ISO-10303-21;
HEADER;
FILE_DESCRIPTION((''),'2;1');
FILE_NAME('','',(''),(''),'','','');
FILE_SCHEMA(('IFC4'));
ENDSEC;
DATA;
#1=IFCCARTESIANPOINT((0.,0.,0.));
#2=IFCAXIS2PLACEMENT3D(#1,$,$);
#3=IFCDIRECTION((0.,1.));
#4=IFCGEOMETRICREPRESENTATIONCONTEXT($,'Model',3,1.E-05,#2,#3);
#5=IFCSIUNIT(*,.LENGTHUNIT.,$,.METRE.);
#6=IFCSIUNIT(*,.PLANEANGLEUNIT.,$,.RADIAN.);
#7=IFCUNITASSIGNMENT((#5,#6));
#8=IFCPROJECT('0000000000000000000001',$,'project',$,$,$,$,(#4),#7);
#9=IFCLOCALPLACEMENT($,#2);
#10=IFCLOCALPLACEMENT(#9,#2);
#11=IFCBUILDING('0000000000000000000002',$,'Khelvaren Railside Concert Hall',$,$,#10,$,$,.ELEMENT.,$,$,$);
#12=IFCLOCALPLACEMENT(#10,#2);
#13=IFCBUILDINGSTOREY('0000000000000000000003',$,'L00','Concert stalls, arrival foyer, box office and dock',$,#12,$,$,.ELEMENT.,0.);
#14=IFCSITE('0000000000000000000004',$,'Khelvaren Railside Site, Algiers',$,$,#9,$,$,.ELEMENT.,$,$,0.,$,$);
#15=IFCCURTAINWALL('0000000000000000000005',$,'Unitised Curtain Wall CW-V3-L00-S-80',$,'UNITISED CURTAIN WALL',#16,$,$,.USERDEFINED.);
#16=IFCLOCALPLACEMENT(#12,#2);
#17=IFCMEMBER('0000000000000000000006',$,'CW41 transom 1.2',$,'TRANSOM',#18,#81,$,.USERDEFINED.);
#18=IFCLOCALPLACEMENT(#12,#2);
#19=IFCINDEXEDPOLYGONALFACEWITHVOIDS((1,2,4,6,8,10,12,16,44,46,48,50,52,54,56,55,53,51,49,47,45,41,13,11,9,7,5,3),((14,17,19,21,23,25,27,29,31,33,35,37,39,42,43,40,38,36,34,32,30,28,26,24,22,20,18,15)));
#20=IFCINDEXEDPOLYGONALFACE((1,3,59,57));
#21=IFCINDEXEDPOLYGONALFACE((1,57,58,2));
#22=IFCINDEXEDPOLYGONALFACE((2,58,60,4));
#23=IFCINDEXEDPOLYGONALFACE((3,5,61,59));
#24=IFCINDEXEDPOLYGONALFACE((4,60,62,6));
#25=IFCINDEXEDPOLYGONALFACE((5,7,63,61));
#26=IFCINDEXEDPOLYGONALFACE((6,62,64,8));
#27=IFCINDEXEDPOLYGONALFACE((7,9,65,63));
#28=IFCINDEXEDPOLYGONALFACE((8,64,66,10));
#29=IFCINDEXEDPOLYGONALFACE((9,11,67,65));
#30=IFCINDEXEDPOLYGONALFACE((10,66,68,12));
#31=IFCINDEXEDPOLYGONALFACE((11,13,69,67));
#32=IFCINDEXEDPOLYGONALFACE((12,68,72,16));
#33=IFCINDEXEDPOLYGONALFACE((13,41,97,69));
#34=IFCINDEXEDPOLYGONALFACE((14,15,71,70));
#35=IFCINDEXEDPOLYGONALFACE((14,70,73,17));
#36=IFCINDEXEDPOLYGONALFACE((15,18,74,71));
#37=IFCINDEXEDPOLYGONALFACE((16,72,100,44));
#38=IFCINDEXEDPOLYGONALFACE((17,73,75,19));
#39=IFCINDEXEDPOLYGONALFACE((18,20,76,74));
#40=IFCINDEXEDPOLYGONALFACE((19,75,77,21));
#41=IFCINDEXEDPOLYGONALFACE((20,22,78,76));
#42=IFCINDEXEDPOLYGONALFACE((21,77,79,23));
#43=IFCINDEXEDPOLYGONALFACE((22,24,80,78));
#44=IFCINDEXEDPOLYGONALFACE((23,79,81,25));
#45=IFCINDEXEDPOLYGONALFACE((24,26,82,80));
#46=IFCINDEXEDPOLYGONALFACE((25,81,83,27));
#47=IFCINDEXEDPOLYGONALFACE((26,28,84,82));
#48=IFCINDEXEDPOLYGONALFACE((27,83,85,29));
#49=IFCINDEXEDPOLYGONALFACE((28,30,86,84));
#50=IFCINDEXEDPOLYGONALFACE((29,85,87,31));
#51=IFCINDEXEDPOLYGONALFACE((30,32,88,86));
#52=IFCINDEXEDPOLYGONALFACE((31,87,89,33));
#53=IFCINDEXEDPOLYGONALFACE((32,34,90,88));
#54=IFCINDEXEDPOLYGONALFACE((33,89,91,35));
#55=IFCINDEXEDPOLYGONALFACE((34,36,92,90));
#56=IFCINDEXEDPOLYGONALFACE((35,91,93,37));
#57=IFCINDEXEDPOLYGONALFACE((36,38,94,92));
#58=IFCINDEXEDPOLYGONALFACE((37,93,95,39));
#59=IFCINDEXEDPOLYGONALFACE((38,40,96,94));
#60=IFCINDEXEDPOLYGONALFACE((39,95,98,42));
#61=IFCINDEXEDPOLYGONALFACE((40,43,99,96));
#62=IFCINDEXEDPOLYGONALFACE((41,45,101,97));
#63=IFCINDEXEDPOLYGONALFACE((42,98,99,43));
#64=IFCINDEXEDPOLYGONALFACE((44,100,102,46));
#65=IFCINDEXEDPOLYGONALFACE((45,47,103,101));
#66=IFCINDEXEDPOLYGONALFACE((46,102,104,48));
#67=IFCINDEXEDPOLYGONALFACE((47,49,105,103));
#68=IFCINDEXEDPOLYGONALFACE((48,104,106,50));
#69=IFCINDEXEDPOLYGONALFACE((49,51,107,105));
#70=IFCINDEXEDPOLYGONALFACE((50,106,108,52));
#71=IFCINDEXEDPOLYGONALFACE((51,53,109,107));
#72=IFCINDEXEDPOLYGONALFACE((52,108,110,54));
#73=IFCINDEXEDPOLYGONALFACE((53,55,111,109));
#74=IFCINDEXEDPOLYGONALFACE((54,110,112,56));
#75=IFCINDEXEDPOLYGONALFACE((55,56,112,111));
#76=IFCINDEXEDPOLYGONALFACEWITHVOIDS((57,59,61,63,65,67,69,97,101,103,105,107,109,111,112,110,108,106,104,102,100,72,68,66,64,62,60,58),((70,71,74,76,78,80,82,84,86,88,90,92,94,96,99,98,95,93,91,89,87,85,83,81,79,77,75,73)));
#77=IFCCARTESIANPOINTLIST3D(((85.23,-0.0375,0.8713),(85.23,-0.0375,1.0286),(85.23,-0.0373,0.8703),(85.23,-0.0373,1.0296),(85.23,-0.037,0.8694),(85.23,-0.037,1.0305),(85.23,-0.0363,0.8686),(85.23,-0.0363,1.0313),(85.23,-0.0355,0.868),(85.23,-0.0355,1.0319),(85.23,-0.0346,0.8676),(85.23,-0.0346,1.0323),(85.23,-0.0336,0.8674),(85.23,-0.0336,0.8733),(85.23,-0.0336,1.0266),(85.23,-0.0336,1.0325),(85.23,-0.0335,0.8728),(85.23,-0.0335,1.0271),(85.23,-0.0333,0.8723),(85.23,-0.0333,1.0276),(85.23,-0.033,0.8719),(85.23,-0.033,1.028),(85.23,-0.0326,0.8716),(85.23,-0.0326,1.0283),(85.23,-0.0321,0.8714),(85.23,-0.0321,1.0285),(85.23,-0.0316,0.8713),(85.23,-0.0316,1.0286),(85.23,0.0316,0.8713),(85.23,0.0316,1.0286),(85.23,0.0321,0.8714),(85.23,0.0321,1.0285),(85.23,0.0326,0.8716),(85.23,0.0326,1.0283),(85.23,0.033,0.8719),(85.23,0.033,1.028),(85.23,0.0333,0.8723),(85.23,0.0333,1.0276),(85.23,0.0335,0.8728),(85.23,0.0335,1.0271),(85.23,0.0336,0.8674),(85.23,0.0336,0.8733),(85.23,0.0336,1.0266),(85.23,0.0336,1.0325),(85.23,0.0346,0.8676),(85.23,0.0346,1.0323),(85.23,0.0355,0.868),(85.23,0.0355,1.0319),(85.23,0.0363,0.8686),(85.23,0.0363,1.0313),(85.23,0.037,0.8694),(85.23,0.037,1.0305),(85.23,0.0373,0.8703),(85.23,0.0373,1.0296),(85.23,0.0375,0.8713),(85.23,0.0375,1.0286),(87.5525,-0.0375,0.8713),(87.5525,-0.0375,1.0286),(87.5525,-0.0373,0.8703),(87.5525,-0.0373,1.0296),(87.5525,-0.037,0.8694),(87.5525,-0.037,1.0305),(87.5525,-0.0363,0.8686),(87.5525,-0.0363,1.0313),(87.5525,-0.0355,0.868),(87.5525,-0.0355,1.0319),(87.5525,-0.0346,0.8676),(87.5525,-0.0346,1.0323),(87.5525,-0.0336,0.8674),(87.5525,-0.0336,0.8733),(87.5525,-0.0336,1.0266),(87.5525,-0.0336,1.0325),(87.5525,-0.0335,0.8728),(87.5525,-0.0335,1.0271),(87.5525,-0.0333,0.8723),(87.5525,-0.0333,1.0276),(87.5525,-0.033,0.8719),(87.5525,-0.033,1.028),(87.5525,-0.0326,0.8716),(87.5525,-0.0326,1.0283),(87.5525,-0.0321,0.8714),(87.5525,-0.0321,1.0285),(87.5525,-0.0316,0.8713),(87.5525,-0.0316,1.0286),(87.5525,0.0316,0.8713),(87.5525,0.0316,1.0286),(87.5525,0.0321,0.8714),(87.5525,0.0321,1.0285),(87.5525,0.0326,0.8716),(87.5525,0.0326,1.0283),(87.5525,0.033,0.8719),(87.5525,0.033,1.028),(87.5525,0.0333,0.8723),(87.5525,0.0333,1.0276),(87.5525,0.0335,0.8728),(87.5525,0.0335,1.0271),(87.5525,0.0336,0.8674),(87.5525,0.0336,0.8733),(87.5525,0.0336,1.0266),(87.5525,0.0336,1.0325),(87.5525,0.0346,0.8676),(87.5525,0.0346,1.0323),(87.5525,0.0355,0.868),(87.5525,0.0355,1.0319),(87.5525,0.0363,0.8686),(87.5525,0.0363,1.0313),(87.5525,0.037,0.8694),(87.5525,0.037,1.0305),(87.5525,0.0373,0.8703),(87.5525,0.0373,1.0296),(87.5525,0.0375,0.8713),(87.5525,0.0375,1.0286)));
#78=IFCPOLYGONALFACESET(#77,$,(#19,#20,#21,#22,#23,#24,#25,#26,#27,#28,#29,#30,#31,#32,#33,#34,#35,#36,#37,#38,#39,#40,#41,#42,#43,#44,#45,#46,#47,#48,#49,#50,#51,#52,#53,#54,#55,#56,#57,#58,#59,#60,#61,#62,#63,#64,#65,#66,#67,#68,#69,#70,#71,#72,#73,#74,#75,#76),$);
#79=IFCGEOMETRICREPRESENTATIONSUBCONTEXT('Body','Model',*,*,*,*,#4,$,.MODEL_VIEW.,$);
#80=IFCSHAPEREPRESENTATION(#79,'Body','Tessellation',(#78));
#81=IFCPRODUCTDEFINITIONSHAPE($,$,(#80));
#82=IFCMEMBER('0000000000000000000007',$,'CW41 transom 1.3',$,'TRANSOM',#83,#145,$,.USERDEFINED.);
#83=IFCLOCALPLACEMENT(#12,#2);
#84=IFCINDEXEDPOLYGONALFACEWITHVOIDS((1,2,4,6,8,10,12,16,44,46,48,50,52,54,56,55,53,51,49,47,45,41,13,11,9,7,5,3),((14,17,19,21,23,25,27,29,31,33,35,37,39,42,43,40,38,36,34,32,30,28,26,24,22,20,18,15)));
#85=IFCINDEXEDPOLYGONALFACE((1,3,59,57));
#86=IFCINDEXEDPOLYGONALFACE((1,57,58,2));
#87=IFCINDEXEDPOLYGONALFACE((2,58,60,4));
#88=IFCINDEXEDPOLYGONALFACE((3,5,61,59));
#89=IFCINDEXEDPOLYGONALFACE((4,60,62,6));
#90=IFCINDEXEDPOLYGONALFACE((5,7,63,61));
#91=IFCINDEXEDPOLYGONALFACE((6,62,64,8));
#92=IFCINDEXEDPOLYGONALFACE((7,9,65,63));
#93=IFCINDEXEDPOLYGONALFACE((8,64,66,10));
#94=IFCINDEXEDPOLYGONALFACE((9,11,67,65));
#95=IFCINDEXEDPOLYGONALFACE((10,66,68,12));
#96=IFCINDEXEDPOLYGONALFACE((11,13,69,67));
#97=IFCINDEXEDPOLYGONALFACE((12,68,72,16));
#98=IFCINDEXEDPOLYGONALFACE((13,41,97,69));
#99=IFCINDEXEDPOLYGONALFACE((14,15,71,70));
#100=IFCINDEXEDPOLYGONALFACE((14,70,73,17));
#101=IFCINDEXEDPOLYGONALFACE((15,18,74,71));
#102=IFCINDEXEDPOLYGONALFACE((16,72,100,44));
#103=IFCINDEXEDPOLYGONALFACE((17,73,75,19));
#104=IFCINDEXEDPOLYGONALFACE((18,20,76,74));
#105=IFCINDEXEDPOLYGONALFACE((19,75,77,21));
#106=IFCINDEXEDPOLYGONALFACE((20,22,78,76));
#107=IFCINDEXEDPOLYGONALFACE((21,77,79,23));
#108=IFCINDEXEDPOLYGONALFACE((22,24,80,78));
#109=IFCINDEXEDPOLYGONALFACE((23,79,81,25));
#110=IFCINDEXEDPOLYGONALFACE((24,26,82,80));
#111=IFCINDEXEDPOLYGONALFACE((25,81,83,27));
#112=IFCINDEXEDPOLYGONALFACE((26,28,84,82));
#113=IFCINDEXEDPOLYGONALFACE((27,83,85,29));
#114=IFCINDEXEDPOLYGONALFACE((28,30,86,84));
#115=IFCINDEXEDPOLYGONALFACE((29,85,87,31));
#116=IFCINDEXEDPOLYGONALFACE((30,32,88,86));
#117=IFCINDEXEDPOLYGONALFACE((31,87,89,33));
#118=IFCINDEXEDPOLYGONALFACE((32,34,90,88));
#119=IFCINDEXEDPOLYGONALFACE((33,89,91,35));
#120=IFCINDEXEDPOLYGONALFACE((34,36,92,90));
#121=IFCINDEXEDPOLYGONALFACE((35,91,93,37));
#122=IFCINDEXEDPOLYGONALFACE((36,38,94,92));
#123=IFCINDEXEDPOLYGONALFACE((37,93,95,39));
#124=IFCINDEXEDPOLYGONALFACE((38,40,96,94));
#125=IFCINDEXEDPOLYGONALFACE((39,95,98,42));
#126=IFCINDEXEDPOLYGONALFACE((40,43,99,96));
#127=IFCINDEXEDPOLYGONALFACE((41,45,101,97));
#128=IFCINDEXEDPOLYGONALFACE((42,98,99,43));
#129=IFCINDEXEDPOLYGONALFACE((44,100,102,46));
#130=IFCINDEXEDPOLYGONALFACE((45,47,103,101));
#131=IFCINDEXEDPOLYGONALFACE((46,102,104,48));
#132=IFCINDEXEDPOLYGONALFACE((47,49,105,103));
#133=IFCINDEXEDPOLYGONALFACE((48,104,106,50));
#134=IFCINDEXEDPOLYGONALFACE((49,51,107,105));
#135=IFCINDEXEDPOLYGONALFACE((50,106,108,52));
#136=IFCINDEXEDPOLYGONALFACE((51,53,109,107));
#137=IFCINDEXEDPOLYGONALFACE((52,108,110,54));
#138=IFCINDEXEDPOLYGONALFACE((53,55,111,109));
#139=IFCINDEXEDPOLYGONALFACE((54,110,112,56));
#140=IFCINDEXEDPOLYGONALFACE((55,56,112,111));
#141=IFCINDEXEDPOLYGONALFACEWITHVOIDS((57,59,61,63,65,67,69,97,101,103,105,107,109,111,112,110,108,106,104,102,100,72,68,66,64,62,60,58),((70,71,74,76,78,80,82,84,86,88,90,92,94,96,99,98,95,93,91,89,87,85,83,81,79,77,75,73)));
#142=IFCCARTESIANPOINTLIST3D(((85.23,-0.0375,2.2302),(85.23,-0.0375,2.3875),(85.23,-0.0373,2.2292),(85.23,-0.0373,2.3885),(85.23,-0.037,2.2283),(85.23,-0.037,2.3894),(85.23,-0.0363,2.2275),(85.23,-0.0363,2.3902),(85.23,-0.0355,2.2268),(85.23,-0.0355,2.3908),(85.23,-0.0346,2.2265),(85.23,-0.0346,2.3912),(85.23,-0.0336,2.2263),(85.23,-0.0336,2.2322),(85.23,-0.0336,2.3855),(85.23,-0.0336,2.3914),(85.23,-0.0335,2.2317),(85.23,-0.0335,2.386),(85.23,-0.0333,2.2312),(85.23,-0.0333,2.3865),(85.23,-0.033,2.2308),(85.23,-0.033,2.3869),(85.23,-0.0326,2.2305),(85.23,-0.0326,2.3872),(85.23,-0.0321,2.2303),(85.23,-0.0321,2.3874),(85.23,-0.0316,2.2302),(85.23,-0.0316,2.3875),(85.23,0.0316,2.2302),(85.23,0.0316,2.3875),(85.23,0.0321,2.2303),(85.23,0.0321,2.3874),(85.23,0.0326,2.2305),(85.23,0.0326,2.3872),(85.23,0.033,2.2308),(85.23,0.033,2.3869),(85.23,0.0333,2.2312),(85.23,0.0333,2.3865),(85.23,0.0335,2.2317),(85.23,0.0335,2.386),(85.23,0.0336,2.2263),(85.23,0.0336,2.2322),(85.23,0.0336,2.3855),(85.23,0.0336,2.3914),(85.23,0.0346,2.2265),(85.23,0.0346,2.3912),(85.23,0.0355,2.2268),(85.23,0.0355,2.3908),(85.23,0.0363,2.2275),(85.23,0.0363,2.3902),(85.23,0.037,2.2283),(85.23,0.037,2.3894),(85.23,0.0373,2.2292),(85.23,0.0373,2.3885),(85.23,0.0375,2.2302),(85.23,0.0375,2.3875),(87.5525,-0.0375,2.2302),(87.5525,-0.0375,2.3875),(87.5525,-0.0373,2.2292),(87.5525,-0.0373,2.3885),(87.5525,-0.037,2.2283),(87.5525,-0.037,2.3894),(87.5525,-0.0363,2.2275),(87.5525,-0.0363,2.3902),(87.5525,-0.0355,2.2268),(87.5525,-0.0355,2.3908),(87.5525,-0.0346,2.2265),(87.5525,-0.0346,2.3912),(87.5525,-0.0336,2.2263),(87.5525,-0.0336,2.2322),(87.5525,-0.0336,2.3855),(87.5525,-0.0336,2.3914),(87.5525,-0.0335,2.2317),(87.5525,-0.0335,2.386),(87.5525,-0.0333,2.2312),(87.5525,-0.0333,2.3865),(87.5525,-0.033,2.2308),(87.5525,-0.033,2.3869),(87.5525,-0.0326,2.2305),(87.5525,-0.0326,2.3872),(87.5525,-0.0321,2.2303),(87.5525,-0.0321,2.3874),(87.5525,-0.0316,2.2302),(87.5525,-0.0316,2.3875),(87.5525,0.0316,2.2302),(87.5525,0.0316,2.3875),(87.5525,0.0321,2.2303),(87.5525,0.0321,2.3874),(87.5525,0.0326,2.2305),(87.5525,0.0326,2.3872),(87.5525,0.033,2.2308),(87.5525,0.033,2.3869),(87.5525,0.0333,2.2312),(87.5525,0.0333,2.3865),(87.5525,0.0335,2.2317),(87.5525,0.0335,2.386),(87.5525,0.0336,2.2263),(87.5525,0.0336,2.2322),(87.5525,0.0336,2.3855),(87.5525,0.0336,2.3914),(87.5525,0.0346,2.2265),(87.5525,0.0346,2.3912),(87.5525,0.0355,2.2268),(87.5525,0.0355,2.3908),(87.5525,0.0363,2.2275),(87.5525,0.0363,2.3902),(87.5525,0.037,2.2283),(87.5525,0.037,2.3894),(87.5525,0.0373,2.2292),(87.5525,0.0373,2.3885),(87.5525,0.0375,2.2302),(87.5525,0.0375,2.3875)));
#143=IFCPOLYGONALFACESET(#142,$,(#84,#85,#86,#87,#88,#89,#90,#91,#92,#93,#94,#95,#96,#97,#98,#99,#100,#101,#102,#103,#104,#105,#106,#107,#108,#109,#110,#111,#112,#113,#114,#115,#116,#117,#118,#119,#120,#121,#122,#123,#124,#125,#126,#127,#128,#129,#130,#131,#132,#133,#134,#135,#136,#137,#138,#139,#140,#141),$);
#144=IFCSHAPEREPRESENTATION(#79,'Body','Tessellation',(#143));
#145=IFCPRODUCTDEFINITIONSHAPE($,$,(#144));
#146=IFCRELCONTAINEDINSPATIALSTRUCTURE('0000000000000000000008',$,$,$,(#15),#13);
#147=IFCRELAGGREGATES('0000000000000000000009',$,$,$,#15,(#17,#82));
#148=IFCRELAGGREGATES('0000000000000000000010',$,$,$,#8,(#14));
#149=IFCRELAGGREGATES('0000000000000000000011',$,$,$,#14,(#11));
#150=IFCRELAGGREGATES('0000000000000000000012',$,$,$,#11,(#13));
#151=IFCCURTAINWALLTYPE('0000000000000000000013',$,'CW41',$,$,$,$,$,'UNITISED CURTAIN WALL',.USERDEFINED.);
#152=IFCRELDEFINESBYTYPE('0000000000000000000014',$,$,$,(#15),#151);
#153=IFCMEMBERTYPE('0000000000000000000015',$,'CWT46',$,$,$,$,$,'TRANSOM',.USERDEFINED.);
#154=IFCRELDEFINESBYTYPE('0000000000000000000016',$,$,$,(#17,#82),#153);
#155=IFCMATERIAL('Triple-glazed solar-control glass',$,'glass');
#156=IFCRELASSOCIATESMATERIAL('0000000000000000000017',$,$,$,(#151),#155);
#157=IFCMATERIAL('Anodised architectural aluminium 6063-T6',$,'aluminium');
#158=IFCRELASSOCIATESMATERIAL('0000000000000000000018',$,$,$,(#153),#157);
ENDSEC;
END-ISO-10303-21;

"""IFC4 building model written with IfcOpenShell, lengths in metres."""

from ifc_helpers import new_model, si_unit, direction, frame, origin, origin_2d, place, context, subcontext, project, spatial, hollow_rectangle, extrude, material, material_profile, profile_set, type_object, element, aggregate, save


model = new_model("IFC4")

# Units and contexts
model_context = context("Model", 3, precision=1e-05, world=origin(), true_north=direction((0.0, 1.0)))
body_context = subcontext(model_context, "Body", "Model", "MODEL_VIEW")
ifc_project = project(units=[si_unit("LENGTHUNIT", "METRE"), si_unit("PLANEANGLEUNIT", "RADIAN")], contexts=[model_context])

# Site, building, storey
site_placement = place(None, origin())
site = spatial("IfcSite", under=ifc_project, at=site_placement, Name="Khelvaren Railside Site, Algiers", CompositionType="ELEMENT", RefElevation=0.0)
building_placement = place(site_placement, origin())
building = spatial("IfcBuilding", under=site, at=building_placement, Name="Khelvaren Railside Concert Hall", CompositionType="ELEMENT")
storey_placement = place(building_placement, origin())
storey = spatial("IfcBuildingStorey", under=building, at=storey_placement, Name="L00", Description="Concert stalls, arrival foyer, box office and dock", CompositionType="ELEMENT", Elevation=0.0)

# Curtain wall
ifc_material_1 = material(Name="Triple-glazed solar-control glass", Category="glass")
curtain_wall_type_1 = type_object("IfcCurtainWallType", Name="CW41", ElementType="UNITISED CURTAIN WALL", PredefinedType="USERDEFINED", material=ifc_material_1)
curtain_wall_1_placement = place(storey_placement, origin())
curtain_wall_1 = element("IfcCurtainWall", 1, at=curtain_wall_1_placement, inside=storey, type_object=curtain_wall_type_1, Name="Unitised Curtain Wall CW-V3-L00-S-80", ObjectType="UNITISED CURTAIN WALL", PredefinedType="USERDEFINED")
ifc_material_2 = material(Name="Anodised architectural aluminium 6063-T6", Category="aluminium")

# Members
ifc_material_profile_1 = material_profile(ifc_material_2, hollow_rectangle(XDim=0.075, YDim=0.165, WallThickness=0.0039, InnerFilletRadius=0.002, OuterFilletRadius=0.0039, at=origin_2d()), Name="CWT 75x165x4")
ifc_profile_set_1 = profile_set([ifc_material_profile_1], Name="Anodised architectural aluminium 6063-T6")
member_type_1 = type_object("IfcMemberType", Name="CWT46", ElementType="TRANSOM", PredefinedType="USERDEFINED", material=ifc_profile_set_1)
member_1_placement = place(storey_placement, frame((87.5525, 0.0, 0.95), z_axis=(-1.0, 0.0, 0.0), x_axis=(0.0, -1.0, 0.0)))
member_1 = element("IfcMember", 2, at=member_1_placement, type_object=member_type_1, Name="CW41 transom 1.2", ObjectType="TRANSOM", PredefinedType="USERDEFINED", context=body_context, shape_type="SweptSolid", body=[
    extrude(hollow_rectangle(XDim=0.075, YDim=0.165, WallThickness=0.0039, InnerFilletRadius=0.002, OuterFilletRadius=0.0039, at=origin_2d()), origin(), (0.0, 0.0, 1.0), 2.3225),
])
member_2_placement = place(storey_placement, frame((87.5525, 0.0, 2.3088), z_axis=(-1.0, 0.0, 0.0), x_axis=(0.0, -1.0, 0.0)))
member_2 = element("IfcMember", 3, at=member_2_placement, type_object=member_type_1, Name="CW41 transom 1.3", ObjectType="TRANSOM", PredefinedType="USERDEFINED", context=body_context, shape_type="SweptSolid", body=[
    extrude(hollow_rectangle(XDim=0.075, YDim=0.165, WallThickness=0.0039, InnerFilletRadius=0.002, OuterFilletRadius=0.0039, at=origin_2d()), origin(), (0.0, 0.0, 1.0), 2.3225),
])

aggregate(curtain_wall_1, [member_1, member_2])

save(model, "model.ifc")
